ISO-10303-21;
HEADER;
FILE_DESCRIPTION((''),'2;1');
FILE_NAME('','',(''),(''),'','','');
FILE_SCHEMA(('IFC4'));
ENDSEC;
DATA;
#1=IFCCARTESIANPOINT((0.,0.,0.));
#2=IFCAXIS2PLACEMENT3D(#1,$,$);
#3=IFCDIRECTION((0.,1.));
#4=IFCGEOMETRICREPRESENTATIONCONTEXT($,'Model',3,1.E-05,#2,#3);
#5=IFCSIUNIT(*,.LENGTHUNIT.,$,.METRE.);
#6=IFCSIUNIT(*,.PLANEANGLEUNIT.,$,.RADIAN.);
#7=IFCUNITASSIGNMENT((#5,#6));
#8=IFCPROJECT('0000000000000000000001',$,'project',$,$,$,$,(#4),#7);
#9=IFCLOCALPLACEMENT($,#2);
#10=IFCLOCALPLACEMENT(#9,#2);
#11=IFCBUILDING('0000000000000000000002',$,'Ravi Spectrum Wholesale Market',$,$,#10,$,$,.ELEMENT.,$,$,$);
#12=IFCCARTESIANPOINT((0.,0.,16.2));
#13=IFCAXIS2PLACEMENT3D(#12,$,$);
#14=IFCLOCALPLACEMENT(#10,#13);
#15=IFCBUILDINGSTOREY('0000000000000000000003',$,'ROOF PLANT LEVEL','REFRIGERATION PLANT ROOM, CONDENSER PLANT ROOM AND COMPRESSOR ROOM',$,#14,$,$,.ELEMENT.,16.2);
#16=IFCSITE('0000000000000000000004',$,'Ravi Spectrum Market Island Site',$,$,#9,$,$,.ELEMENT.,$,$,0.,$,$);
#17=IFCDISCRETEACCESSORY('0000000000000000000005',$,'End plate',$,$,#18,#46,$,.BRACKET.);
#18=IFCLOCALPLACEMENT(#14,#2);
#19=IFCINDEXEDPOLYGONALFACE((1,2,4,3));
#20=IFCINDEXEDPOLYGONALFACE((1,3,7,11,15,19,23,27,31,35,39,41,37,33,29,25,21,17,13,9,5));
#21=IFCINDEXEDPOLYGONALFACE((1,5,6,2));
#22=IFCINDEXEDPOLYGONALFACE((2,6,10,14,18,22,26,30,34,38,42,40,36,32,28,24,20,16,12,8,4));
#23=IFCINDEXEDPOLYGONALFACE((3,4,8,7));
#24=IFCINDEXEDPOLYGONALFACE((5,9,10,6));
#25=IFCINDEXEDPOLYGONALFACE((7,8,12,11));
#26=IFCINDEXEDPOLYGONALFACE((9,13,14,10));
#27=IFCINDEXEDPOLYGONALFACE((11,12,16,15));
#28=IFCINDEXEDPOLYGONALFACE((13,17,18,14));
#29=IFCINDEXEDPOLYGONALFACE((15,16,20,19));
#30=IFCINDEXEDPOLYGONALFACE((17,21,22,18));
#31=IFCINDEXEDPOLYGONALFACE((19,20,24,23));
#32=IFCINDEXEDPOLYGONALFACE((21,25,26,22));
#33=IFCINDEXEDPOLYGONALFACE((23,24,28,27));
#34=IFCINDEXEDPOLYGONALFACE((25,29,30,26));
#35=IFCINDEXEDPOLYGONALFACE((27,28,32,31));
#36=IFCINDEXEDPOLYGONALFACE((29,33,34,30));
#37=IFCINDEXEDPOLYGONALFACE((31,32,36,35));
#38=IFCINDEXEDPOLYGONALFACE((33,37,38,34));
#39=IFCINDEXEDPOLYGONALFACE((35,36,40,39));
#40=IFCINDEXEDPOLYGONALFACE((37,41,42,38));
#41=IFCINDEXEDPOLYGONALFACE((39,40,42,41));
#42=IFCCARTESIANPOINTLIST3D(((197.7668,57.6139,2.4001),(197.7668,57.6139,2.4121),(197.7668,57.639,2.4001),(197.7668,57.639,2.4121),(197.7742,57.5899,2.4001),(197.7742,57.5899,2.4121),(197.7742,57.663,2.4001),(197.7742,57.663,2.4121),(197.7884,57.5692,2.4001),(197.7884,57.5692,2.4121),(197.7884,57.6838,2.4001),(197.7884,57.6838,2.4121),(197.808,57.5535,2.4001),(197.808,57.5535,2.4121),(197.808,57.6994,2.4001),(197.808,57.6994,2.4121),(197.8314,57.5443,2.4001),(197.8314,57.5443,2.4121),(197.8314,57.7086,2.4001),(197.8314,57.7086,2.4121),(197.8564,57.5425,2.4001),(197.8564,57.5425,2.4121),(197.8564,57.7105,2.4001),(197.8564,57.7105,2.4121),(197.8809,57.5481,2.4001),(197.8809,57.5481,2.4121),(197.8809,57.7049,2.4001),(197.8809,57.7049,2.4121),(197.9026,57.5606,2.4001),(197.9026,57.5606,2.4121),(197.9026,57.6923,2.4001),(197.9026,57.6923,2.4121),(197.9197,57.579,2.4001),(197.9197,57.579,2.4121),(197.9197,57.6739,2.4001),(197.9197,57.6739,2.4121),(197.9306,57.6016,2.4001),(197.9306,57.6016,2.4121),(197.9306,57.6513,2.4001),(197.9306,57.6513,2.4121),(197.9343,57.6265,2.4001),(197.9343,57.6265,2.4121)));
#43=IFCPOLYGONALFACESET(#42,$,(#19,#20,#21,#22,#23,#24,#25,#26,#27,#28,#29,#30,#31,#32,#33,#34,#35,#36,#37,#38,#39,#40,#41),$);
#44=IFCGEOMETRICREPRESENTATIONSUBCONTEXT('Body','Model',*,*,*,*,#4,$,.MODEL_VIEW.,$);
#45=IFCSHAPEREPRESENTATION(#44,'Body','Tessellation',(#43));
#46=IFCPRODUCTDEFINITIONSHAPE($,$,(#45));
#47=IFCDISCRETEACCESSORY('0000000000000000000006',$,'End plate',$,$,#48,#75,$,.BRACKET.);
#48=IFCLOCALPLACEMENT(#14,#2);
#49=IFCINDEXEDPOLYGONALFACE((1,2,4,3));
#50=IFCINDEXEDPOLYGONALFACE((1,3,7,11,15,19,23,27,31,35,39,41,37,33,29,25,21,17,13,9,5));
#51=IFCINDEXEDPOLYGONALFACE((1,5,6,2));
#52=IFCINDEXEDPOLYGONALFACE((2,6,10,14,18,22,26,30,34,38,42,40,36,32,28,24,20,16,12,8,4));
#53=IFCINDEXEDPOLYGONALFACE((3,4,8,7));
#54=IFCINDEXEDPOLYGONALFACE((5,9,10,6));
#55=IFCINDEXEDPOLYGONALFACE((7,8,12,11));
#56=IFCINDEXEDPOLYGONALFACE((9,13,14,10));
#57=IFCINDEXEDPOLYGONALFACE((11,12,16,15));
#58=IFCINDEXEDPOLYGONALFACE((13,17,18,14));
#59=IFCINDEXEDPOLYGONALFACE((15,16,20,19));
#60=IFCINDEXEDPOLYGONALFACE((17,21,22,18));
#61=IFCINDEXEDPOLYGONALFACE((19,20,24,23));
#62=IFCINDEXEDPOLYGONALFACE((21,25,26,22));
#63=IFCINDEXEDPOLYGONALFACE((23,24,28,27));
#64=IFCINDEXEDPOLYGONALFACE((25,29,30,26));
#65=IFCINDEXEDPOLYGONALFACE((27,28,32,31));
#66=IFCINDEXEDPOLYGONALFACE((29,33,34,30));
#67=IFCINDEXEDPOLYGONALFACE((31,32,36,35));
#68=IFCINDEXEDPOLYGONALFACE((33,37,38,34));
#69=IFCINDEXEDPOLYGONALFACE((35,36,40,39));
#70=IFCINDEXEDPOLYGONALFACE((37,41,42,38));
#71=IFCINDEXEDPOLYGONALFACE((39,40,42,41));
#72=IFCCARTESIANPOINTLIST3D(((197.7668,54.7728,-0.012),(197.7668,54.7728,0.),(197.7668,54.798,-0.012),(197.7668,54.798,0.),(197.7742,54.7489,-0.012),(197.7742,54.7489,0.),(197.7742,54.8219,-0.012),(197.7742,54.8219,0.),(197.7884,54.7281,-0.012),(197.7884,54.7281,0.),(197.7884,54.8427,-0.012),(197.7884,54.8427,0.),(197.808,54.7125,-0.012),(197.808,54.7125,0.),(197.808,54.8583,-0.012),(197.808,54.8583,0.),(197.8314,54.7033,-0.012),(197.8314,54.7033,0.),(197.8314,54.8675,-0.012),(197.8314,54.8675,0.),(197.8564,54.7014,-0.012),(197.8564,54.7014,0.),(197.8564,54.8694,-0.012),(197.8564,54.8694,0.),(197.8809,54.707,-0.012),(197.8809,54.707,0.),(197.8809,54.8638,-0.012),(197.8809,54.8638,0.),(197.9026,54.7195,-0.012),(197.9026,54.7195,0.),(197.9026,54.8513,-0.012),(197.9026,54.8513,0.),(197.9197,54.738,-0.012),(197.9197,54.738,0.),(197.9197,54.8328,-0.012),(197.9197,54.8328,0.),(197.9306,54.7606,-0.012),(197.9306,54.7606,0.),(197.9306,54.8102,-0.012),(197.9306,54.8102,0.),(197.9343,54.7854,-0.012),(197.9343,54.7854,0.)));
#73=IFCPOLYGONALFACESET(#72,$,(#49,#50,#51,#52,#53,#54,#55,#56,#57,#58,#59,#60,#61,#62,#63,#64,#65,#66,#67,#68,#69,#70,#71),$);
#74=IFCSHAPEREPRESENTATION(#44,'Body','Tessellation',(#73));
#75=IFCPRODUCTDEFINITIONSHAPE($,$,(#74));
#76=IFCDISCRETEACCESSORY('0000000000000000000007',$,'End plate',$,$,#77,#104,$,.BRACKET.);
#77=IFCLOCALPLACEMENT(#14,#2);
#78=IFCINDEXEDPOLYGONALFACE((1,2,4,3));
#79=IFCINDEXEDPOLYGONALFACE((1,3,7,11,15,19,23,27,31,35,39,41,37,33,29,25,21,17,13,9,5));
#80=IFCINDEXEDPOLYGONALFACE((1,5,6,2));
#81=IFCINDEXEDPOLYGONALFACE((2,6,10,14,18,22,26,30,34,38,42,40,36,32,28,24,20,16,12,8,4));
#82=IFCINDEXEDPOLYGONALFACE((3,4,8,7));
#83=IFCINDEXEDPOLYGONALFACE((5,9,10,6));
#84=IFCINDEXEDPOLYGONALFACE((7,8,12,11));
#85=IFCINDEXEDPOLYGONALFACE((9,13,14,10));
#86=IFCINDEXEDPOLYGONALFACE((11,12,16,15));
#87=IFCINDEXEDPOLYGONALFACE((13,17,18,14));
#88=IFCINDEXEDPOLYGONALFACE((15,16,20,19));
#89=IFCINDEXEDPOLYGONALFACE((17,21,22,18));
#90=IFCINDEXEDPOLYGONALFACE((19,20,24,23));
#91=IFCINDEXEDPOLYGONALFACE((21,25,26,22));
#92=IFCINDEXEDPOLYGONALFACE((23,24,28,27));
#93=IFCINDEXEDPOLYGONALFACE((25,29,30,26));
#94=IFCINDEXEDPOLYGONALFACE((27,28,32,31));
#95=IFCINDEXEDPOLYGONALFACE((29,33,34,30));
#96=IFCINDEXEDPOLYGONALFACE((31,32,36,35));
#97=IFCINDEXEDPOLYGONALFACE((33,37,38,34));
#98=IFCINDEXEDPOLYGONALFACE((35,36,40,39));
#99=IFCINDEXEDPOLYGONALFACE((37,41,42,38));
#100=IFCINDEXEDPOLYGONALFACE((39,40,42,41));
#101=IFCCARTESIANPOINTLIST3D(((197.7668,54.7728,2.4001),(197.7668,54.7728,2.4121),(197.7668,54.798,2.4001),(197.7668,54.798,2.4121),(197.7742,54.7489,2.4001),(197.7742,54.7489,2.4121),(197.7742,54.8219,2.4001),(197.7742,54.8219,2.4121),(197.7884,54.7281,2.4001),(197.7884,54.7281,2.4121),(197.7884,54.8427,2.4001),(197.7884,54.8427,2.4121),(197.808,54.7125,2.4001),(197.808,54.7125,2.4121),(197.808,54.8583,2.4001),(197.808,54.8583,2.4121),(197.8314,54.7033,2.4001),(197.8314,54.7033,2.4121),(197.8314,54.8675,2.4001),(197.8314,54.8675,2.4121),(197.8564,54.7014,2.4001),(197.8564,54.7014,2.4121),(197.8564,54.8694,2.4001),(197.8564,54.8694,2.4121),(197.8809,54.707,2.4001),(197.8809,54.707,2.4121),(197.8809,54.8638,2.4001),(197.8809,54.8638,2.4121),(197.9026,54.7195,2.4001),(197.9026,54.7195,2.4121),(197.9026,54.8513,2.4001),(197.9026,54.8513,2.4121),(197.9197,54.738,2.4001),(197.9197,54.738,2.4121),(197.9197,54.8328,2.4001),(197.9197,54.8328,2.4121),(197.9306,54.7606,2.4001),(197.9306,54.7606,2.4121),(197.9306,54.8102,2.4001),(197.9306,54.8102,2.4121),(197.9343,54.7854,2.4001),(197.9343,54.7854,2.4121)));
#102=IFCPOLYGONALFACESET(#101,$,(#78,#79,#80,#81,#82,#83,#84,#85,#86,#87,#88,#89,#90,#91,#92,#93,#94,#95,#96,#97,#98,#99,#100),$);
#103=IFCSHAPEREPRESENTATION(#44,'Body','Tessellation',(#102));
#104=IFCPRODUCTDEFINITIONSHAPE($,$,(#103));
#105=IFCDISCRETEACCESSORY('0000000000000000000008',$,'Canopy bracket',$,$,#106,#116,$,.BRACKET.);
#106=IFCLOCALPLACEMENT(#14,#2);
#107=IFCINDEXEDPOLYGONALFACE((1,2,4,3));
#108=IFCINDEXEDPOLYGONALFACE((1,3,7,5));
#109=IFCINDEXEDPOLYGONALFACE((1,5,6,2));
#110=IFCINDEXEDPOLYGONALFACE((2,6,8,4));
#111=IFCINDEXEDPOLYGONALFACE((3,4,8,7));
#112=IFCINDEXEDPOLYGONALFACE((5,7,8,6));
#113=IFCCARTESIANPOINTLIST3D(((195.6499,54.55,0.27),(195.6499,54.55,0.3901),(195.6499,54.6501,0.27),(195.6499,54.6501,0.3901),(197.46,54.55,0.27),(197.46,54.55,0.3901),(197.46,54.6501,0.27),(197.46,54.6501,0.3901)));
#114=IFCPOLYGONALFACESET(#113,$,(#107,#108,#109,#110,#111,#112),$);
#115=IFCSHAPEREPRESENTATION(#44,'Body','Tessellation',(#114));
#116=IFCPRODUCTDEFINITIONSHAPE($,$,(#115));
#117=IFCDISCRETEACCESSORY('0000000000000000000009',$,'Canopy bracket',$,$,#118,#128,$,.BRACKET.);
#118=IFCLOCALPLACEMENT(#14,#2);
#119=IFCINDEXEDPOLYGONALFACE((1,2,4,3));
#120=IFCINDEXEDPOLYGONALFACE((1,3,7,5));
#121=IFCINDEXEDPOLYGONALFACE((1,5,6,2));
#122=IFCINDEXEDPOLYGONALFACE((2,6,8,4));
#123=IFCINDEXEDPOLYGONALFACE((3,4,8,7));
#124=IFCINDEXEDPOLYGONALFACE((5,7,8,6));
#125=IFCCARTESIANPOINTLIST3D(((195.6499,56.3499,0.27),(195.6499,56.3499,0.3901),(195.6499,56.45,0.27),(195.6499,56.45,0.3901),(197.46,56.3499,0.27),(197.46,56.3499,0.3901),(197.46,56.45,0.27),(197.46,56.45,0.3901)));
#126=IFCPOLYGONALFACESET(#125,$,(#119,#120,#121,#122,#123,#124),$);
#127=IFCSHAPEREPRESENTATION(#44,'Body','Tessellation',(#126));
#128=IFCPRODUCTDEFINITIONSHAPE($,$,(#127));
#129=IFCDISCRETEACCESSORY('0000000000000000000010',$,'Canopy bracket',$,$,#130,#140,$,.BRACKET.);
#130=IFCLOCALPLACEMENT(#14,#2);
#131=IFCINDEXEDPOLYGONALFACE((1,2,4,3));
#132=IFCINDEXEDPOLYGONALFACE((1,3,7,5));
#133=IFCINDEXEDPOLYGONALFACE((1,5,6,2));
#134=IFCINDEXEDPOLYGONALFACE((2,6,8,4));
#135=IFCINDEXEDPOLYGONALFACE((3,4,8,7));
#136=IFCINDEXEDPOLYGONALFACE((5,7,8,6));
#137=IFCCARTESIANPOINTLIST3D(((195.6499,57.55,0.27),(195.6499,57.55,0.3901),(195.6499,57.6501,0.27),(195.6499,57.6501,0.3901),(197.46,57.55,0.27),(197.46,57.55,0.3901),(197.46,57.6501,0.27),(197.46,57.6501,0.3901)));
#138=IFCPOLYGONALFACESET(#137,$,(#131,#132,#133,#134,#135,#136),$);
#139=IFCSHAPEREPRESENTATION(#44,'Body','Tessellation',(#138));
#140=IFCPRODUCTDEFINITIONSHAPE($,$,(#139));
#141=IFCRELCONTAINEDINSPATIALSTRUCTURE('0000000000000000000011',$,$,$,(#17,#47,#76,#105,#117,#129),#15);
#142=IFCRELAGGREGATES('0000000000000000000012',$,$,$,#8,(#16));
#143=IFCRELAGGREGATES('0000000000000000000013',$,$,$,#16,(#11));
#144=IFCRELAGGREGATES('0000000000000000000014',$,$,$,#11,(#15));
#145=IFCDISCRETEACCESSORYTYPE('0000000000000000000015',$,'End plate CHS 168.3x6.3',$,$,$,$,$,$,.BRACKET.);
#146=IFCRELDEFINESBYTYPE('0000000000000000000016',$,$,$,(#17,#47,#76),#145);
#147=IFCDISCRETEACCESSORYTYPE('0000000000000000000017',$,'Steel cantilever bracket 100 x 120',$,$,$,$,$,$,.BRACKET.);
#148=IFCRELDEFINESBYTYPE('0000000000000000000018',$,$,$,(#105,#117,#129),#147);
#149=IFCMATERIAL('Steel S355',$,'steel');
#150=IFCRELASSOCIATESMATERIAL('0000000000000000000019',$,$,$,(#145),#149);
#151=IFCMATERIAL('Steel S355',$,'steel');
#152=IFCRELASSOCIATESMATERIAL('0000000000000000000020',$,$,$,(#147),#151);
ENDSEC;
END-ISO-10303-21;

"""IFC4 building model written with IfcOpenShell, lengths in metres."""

from ifc_helpers import new_model, si_unit, direction, frame, origin, origin_2d, place, context, subcontext, project, spatial, rectangle, circle, extrude, material, material_profile, profile_set, type_object, element, save


model = new_model("IFC4")

# Units and contexts
model_context = context("Model", 3, precision=1e-05, world=origin(), true_north=direction((0.0, 1.0)))
body_context = subcontext(model_context, "Body", "Model", "MODEL_VIEW")
ifc_project = project(units=[si_unit("LENGTHUNIT", "METRE"), si_unit("PLANEANGLEUNIT", "RADIAN")], contexts=[model_context])

# Site, building, storey
site_placement = place(None, origin())
site = spatial("IfcSite", under=ifc_project, at=site_placement, Name="Ravi Spectrum Market Island Site", CompositionType="ELEMENT", RefElevation=0.0)
building_placement = place(site_placement, origin())
building = spatial("IfcBuilding", under=site, at=building_placement, Name="Ravi Spectrum Wholesale Market", CompositionType="ELEMENT")
storey_placement = place(building_placement, frame((0.0, 0.0, 16.2)))
storey = spatial("IfcBuildingStorey", under=building, at=storey_placement, Name="ROOF PLANT LEVEL", Description="REFRIGERATION PLANT ROOM, CONDENSER PLANT ROOM AND COMPRESSOR ROOM", CompositionType="ELEMENT", Elevation=16.2)

# Discrete accessories
ifc_material_1 = material(Name="Steel S355", Category="steel")
ifc_material_profile_1 = material_profile(ifc_material_1, circle(Radius=0.0842, at=origin_2d()))
ifc_profile_set_1 = profile_set([ifc_material_profile_1], Name="Steel S355")
discrete_accessory_type_1 = type_object("IfcDiscreteAccessoryType", Name="End plate CHS 168.3x6.3", PredefinedType="BRACKET", material=ifc_profile_set_1)
for number, where, z_axis, x_axis, name in (
    (1, (197.8501, 57.6265, 2.4001), (0.0, 0.0, 1.0), (1.0, 0.0, 0.0), "End plate"),
    (2, (197.8501, 54.7854, 0.0), (0.0, 0.0, -1.0), (1.0, 0.0, 0.0), "End plate"),
    (3, (197.8501, 54.7854, 2.4001), (0.0, 0.0, 1.0), (1.0, 0.0, 0.0), "End plate"),
):
    element("IfcDiscreteAccessory", number, at=place(storey_placement, frame(where, z_axis=z_axis, x_axis=x_axis)), inside=storey, type_object=discrete_accessory_type_1, Name=name, PredefinedType="BRACKET", context=body_context, shape_type="SweptSolid", body=[
        extrude(circle(Radius=0.0842, at=origin_2d()), origin(), (0.0, 0.0, 1.0), 0.012),
    ])
ifc_material_2 = material(Name="Steel S355", Category="steel")
discrete_accessory_type_2 = type_object("IfcDiscreteAccessoryType", Name="Steel cantilever bracket 100 x 120", PredefinedType="BRACKET", material=ifc_material_2)
for number, where, z_axis, x_axis, name in (
    (4, (196.5549, 54.6001, 0.27), (0.0, 0.0, 1.0), (1.0, 0.0, 0.0), "Canopy bracket"),
    (5, (196.5549, 56.3999, 0.27), (0.0, 0.0, 1.0), (1.0, 0.0, 0.0), "Canopy bracket"),
    (6, (196.5549, 57.6001, 0.27), (0.0, 0.0, 1.0), (1.0, 0.0, 0.0), "Canopy bracket"),
):
    element("IfcDiscreteAccessory", number, at=place(storey_placement, frame(where, z_axis=z_axis, x_axis=x_axis)), inside=storey, type_object=discrete_accessory_type_2, Name=name, PredefinedType="BRACKET", context=body_context, shape_type="SweptSolid", body=[
        extrude(rectangle(XDim=1.8101, YDim=0.1001, at=origin_2d()), origin(), (0.0, 0.0, 1.0), 0.1201),
    ])

save(model, "model.ifc")
